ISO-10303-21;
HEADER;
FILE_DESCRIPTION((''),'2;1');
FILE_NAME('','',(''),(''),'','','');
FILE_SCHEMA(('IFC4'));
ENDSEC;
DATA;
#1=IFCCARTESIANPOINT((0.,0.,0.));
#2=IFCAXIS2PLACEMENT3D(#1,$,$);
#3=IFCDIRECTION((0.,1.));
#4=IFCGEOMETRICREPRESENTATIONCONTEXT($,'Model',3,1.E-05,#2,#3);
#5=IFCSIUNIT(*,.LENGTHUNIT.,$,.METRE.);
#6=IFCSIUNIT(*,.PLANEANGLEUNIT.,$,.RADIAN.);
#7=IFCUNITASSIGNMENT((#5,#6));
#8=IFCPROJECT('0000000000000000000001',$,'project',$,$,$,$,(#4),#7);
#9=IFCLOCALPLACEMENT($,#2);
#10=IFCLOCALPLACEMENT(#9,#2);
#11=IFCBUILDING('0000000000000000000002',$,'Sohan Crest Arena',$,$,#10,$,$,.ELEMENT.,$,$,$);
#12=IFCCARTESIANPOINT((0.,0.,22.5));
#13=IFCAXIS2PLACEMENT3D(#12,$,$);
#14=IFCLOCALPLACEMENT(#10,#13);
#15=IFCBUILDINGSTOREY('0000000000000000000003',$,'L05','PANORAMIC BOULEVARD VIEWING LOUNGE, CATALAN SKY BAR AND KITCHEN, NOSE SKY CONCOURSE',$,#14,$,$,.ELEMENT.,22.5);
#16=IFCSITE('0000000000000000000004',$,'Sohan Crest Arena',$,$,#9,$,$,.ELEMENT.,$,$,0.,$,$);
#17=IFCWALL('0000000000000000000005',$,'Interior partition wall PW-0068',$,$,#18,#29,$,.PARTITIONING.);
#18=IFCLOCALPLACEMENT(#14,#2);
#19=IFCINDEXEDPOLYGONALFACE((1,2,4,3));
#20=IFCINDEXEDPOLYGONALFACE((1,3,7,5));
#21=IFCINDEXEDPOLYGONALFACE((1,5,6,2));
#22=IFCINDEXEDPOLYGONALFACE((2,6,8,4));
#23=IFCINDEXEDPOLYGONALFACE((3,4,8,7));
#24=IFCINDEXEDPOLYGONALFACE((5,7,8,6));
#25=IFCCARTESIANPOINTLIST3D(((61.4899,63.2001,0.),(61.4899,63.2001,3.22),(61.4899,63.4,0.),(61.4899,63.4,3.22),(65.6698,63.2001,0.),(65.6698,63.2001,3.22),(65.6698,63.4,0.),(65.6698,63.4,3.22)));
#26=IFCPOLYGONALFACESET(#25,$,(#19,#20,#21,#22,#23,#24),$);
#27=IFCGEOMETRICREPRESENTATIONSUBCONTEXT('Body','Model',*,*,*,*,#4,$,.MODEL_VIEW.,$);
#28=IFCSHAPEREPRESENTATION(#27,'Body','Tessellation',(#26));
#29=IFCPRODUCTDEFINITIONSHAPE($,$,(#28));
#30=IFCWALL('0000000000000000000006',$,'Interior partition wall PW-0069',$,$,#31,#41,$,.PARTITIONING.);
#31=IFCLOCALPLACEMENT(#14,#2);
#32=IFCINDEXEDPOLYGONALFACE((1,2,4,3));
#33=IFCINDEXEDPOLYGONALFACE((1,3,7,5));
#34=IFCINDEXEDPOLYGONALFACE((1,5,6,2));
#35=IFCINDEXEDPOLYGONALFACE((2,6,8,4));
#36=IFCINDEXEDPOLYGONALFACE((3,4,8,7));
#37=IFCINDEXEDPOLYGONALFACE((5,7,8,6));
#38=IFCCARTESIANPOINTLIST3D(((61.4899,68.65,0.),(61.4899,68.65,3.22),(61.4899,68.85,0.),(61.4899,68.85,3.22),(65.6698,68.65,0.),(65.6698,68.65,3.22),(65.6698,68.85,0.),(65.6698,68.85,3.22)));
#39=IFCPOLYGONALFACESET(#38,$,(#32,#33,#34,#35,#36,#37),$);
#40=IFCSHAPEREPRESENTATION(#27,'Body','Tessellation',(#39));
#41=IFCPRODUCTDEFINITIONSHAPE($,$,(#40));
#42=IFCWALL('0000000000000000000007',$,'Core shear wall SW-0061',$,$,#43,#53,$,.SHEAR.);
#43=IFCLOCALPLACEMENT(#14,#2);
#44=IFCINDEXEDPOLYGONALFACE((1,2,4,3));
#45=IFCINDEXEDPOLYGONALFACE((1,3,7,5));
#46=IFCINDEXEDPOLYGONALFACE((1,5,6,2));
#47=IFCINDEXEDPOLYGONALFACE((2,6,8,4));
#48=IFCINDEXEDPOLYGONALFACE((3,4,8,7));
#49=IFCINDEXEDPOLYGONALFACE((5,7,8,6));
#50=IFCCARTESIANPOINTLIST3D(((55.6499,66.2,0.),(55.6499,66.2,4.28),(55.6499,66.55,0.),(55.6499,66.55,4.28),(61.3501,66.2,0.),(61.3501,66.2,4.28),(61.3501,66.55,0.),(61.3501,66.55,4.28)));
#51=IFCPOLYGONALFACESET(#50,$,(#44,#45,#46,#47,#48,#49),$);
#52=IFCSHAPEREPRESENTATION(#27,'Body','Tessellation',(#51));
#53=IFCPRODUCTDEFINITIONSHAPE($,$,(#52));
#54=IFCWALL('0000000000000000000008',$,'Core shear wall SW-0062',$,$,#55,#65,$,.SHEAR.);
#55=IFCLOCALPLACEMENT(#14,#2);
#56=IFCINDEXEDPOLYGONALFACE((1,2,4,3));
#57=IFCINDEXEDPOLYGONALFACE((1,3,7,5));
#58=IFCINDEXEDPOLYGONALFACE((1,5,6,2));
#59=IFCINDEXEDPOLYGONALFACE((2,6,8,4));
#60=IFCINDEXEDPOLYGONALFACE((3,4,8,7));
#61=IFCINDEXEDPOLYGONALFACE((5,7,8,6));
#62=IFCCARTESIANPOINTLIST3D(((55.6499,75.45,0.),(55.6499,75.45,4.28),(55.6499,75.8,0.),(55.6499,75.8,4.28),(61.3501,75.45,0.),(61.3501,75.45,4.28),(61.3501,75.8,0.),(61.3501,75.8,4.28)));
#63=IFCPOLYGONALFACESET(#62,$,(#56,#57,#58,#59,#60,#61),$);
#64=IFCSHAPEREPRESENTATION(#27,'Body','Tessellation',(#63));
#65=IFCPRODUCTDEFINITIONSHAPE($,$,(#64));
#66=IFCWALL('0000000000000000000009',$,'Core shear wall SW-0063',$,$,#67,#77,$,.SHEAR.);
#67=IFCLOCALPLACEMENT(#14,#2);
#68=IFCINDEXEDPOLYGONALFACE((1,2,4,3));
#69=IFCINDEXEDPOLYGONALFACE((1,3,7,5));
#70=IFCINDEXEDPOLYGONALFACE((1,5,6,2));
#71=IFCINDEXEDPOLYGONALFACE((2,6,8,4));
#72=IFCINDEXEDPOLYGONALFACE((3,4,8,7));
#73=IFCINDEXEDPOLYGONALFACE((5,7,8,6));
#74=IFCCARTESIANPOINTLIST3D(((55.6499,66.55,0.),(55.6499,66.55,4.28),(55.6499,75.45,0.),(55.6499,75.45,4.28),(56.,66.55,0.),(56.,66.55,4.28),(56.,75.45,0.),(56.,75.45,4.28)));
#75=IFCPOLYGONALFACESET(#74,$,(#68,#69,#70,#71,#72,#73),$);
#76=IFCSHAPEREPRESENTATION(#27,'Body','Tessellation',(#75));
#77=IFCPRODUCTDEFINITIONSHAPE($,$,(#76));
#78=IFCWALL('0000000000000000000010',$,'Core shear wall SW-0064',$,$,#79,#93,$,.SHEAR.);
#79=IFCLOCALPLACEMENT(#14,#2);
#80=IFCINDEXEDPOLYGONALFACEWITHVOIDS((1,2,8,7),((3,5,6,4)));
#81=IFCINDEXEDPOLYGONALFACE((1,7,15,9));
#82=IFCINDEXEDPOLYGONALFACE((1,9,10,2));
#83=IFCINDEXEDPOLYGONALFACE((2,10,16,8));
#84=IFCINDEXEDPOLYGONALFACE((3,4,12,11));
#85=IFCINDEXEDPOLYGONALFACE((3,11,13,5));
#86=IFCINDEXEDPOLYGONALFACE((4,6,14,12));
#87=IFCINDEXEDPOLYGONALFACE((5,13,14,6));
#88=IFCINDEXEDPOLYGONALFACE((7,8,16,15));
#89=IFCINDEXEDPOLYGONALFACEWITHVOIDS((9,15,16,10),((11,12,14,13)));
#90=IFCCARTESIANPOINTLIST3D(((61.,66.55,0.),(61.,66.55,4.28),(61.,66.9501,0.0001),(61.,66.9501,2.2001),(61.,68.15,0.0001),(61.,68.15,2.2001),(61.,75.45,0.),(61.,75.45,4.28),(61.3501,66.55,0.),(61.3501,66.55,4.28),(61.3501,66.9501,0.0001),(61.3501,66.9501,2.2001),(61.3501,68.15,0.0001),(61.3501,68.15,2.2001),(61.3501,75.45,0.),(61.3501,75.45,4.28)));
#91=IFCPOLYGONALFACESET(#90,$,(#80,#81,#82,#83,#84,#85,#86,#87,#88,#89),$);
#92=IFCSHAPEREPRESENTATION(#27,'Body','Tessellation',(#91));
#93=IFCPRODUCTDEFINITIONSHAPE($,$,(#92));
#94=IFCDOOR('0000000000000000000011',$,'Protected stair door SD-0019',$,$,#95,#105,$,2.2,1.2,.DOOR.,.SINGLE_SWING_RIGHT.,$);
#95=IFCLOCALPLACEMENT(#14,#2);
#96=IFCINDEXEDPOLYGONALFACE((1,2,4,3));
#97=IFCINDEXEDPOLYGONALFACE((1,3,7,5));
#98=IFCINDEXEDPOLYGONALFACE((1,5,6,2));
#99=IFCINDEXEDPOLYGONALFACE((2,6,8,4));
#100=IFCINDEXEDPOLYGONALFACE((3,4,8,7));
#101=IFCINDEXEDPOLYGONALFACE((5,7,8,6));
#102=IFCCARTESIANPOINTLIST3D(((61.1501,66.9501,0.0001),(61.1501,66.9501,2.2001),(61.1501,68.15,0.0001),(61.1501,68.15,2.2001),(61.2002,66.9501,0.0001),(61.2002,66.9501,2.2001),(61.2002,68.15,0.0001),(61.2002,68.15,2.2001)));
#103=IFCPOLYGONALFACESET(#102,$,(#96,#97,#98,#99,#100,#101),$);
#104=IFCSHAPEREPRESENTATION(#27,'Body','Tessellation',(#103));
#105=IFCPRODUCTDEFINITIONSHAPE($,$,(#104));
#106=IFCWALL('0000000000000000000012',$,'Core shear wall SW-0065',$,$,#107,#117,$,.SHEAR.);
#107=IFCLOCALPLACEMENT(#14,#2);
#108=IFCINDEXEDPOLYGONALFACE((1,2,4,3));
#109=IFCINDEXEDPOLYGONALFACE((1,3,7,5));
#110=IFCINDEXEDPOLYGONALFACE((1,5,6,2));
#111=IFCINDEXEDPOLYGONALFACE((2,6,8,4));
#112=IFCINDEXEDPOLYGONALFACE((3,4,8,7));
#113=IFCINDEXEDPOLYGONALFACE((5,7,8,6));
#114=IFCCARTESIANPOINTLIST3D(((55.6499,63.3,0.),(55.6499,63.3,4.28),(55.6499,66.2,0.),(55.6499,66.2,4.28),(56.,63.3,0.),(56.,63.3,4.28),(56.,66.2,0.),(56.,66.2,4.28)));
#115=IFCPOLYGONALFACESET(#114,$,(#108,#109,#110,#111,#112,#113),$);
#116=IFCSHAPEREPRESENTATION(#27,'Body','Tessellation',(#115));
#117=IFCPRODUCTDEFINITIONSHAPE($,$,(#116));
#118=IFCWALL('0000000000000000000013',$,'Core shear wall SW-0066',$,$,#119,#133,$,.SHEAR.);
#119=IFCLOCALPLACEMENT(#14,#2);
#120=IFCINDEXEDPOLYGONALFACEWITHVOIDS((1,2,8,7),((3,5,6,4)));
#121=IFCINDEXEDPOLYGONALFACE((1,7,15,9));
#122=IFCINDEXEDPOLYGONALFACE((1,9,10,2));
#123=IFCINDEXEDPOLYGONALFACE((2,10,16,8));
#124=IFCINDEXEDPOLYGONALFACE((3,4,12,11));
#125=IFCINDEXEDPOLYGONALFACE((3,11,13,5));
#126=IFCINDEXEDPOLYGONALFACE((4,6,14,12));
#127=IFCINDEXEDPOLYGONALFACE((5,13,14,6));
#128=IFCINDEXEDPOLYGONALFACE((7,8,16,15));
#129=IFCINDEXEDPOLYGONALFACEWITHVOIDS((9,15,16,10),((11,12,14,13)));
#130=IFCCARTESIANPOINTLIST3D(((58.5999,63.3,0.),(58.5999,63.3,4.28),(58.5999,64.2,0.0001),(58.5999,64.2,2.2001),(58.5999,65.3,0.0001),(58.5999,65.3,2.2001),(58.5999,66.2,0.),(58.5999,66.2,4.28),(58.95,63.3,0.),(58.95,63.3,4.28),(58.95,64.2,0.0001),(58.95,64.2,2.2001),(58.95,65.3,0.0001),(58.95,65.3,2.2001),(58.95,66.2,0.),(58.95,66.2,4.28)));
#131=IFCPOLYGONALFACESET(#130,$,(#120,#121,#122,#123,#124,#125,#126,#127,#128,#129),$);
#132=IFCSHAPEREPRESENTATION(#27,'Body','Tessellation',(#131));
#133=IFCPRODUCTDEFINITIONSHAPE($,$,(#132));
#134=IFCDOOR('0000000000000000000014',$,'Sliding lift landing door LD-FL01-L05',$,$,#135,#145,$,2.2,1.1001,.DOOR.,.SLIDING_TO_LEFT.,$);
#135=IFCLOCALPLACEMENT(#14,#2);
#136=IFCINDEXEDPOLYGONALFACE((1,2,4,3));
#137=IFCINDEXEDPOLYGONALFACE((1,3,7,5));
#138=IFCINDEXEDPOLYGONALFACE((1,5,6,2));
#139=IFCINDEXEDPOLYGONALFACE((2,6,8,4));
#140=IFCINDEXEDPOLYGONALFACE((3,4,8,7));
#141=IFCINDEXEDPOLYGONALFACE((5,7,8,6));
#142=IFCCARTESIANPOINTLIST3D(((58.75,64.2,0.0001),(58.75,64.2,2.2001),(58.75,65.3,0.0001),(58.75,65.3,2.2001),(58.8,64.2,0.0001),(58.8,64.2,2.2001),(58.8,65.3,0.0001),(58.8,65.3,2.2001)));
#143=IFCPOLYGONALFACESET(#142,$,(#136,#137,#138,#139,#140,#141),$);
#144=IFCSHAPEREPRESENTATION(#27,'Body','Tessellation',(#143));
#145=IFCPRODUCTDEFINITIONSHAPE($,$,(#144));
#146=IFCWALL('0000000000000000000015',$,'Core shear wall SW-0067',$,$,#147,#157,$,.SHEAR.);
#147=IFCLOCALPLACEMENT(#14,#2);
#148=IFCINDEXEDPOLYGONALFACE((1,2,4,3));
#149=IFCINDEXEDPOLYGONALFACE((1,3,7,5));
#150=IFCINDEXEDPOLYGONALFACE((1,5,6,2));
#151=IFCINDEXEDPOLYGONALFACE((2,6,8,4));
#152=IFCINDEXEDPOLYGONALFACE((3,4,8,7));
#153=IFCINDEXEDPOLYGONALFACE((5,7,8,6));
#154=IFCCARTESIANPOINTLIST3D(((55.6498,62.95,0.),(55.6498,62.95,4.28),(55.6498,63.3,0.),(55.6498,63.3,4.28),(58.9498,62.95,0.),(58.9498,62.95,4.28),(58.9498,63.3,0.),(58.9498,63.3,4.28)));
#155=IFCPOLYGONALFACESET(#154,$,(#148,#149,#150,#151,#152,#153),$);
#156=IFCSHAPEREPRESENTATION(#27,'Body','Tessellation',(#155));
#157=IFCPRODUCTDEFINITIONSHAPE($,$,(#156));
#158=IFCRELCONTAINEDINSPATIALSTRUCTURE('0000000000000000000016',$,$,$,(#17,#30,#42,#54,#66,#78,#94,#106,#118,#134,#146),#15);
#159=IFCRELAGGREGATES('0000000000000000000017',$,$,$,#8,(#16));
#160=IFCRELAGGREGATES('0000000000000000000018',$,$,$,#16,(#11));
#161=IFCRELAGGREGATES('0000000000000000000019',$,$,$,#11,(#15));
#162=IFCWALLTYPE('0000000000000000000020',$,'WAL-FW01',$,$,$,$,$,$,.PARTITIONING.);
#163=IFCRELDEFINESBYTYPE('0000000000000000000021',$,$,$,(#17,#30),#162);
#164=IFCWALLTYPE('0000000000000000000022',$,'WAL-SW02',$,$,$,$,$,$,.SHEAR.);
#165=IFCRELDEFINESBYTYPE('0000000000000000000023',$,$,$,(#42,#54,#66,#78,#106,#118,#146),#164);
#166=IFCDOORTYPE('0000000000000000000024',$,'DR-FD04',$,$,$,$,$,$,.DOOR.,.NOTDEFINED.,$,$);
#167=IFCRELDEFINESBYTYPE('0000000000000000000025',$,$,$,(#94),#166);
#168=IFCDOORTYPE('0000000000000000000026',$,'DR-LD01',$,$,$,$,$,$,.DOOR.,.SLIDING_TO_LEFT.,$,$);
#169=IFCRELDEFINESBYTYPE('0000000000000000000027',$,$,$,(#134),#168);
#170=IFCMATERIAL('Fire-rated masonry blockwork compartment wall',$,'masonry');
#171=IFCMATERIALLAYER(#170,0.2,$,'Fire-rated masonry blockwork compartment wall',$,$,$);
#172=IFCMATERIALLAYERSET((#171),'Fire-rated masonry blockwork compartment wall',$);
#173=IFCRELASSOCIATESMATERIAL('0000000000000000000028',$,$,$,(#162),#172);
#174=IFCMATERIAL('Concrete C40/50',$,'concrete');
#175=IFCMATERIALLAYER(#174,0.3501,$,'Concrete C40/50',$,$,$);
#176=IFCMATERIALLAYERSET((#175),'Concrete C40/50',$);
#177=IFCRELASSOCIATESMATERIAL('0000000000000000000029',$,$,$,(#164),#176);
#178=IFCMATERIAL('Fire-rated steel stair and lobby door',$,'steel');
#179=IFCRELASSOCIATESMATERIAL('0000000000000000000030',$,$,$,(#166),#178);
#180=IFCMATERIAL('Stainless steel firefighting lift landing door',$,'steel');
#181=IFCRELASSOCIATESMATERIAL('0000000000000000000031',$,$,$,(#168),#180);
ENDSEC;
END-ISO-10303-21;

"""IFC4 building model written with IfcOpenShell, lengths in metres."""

from ifc_helpers import new_model, si_unit, direction, frame, frame_2d, origin, place, context, subcontext, project, spatial, rectangle, extrude, material, layer, layer_set, type_object, element, fill, save


model = new_model("IFC4")

# Units and contexts
model_context = context("Model", 3, precision=1e-05, world=origin(), true_north=direction((0.0, 1.0)))
body_context = subcontext(model_context, "Body", "Model", "MODEL_VIEW")
ifc_project = project(units=[si_unit("LENGTHUNIT", "METRE"), si_unit("PLANEANGLEUNIT", "RADIAN")], contexts=[model_context])

# Site, building, storey
site_placement = place(None, origin())
site = spatial("IfcSite", under=ifc_project, at=site_placement, Name="Sohan Crest Arena", CompositionType="ELEMENT", RefElevation=0.0)
building_placement = place(site_placement, origin())
building = spatial("IfcBuilding", under=site, at=building_placement, Name="Sohan Crest Arena", CompositionType="ELEMENT")
storey_placement = place(building_placement, frame((0.0, 0.0, 22.5)))
storey = spatial("IfcBuildingStorey", under=building, at=storey_placement, Name="L05", Description="PANORAMIC BOULEVARD VIEWING LOUNGE, CATALAN SKY BAR AND KITCHEN, NOSE SKY CONCOURSE", CompositionType="ELEMENT", Elevation=22.5)

# Walls
ifc_material_1 = material(Name="Fire-rated masonry blockwork compartment wall", Category="masonry")
ifc_layer_1 = layer(ifc_material_1, 0.2, Name="Fire-rated masonry blockwork compartment wall")
ifc_layer_set_1 = layer_set([ifc_layer_1], Name="Fire-rated masonry blockwork compartment wall")
wall_type_1 = type_object("IfcWallType", Name="WAL-FW01", PredefinedType="PARTITIONING", material=ifc_layer_set_1)
for number, where, z_axis, x_axis, name in (
    (1, (61.49, 63.3, 0.0), (0.0, 0.0, 1.0), (1.0, 0.0, 0.0), "Interior partition wall PW-0068"),
    (2, (61.49, 68.75, 0.0), (0.0, 0.0, 1.0), (1.0, 0.0, 0.0), "Interior partition wall PW-0069"),
):
    element("IfcWall", number, at=place(storey_placement, frame(where, z_axis=z_axis, x_axis=x_axis)), inside=storey, type_object=wall_type_1, Name=name, PredefinedType="PARTITIONING", context=body_context, shape_type="SweptSolid", body=[
        extrude(rectangle(XDim=4.1799, YDim=0.2, at=frame_2d((2.0898, 0.0))), origin(), (0.0, 0.0, 1.0), 3.22),
    ])
ifc_material_2 = material(Name="Concrete C40/50", Category="concrete")
ifc_layer_2 = layer(ifc_material_2, 0.3501, Name="Concrete C40/50")
ifc_layer_set_2 = layer_set([ifc_layer_2], Name="Concrete C40/50")
wall_type_2 = type_object("IfcWallType", Name="WAL-SW02", PredefinedType="SHEAR", material=ifc_layer_set_2)
for number, where, z_axis, x_axis, name in (
    (3, (55.6499, 66.375, 0.0), (0.0, 0.0, 1.0), (1.0, 0.0, 0.0), "Core shear wall SW-0061"),
    (4, (55.6499, 75.625, 0.0), (0.0, 0.0, 1.0), (1.0, 0.0, 0.0), "Core shear wall SW-0062"),
):
    element("IfcWall", number, at=place(storey_placement, frame(where, z_axis=z_axis, x_axis=x_axis)), inside=storey, type_object=wall_type_2, Name=name, PredefinedType="SHEAR", context=body_context, shape_type="SweptSolid", body=[
        extrude(rectangle(XDim=5.7002, YDim=0.3501, at=frame_2d((2.8501, 0.0))), origin(), (0.0, 0.0, 1.0), 4.28),
    ])
wall_1_placement = place(storey_placement, frame((55.825, 66.55, 0.0), z_axis=(0.0, 0.0, 1.0), x_axis=(0.0, 1.0, 0.0)))
element("IfcWall", 5, at=wall_1_placement, inside=storey, type_object=wall_type_2, Name="Core shear wall SW-0063", PredefinedType="SHEAR", context=body_context, shape_type="SweptSolid", body=[
    extrude(rectangle(XDim=8.8999, YDim=0.3501, at=frame_2d((4.45, 0.0))), origin(), (0.0, 0.0, 1.0), 4.28),
])

# Wall, opening, door
wall_2_placement = place(storey_placement, frame((61.175, 66.55, 0.0), z_axis=(0.0, 0.0, 1.0), x_axis=(0.0, 1.0, 0.0)))
wall_2 = element("IfcWall", 6, at=wall_2_placement, inside=storey, type_object=wall_type_2, Name="Core shear wall SW-0064", PredefinedType="SHEAR", context=body_context, shape_type="SweptSolid", body=[
    extrude(rectangle(XDim=8.8999, YDim=0.3501, at=frame_2d((4.45, 0.0))), origin(), (0.0, 0.0, 1.0), 4.28),
])
opening_1_placement = place(wall_2_placement, frame((0.3999, 0.0, 0.0)))
opening_1 = element("IfcOpeningElement", 7, at=opening_1_placement, cuts=wall_2, PredefinedType="OPENING", context=body_context, shape_type="SweptSolid", body=[
    extrude(rectangle(XDim=1.2, YDim=2.2, at=frame_2d((0.6001, 1.1001))), frame((0.0, 0.1851, 0.0), z_axis=(0.0, -1.0, 0.0), x_axis=(1.0, 0.0, 0.0)), (0.0, 0.0, 1.0), 0.3701),
])
ifc_material_3 = material(Name="Fire-rated steel stair and lobby door", Category="steel")
door_type_1 = type_object("IfcDoorType", Name="DR-FD04", OperationType="NOTDEFINED", PredefinedType="DOOR", material=ifc_material_3)
door_1_placement = place(opening_1_placement, origin())
door_1 = element("IfcDoor", 8, at=door_1_placement, inside=storey, type_object=door_type_1, Name="Protected stair door SD-0019", OperationType="SINGLE_SWING_RIGHT", OverallHeight=2.2, OverallWidth=1.2, PredefinedType="DOOR", context=body_context, shape_type="SweptSolid", body=[
    extrude(rectangle(XDim=1.2, YDim=2.2, at=frame_2d((0.6001, 1.1001))), frame((0.0, 0.0249, 0.0), z_axis=(0.0, -1.0, 0.0), x_axis=(1.0, 0.0, 0.0)), (0.0, 0.0, 1.0), 0.05),
])
fill(opening_1, door_1)

# Wall
wall_3_placement = place(storey_placement, frame((55.825, 63.3, 0.0), z_axis=(0.0, 0.0, 1.0), x_axis=(0.0, 1.0, 0.0)))
element("IfcWall", 9, at=wall_3_placement, inside=storey, type_object=wall_type_2, Name="Core shear wall SW-0065", PredefinedType="SHEAR", context=body_context, shape_type="SweptSolid", body=[
    extrude(rectangle(XDim=2.8999, YDim=0.3501, at=frame_2d((1.45, 0.0))), origin(), (0.0, 0.0, 1.0), 4.28),
])

# Wall, opening, door
wall_4_placement = place(storey_placement, frame((58.7749, 63.3, 0.0), z_axis=(0.0, 0.0, 1.0), x_axis=(0.0, 1.0, 0.0)))
wall_4 = element("IfcWall", 10, at=wall_4_placement, inside=storey, type_object=wall_type_2, Name="Core shear wall SW-0066", PredefinedType="SHEAR", context=body_context, shape_type="SweptSolid", body=[
    extrude(rectangle(XDim=2.8999, YDim=0.3501, at=frame_2d((1.45, 0.0))), origin(), (0.0, 0.0, 1.0), 4.28),
])
opening_2_placement = place(wall_4_placement, frame((0.8999, 0.0, 0.0)))
opening_2 = element("IfcOpeningElement", 11, at=opening_2_placement, cuts=wall_4, PredefinedType="OPENING", context=body_context, shape_type="SweptSolid", body=[
    extrude(rectangle(XDim=1.1001, YDim=2.2, at=frame_2d((0.55, 1.1001))), frame((0.0, 0.1851, 0.0), z_axis=(0.0, -1.0, 0.0), x_axis=(1.0, 0.0, 0.0)), (0.0, 0.0, 1.0), 0.3701),
])
ifc_material_4 = material(Name="Stainless steel firefighting lift landing door", Category="steel")
door_type_2 = type_object("IfcDoorType", Name="DR-LD01", OperationType="SLIDING_TO_LEFT", PredefinedType="DOOR", material=ifc_material_4)
door_2_placement = place(opening_2_placement, origin())
door_2 = element("IfcDoor", 12, at=door_2_placement, inside=storey, type_object=door_type_2, Name="Sliding lift landing door LD-FL01-L05", OperationType="SLIDING_TO_LEFT", OverallHeight=2.2, OverallWidth=1.1001, PredefinedType="DOOR", context=body_context, shape_type="SweptSolid", body=[
    extrude(rectangle(XDim=1.1001, YDim=2.2, at=frame_2d((0.55, 1.1001))), frame((0.0, 0.0249, 0.0), z_axis=(0.0, -1.0, 0.0), x_axis=(1.0, 0.0, 0.0)), (0.0, 0.0, 1.0), 0.05),
])
fill(opening_2, door_2)

# Wall
wall_5_placement = place(storey_placement, frame((55.6499, 63.125, 0.0), z_axis=(0.0, 0.0, 1.0), x_axis=(1.0, 0.0, 0.0)))
element("IfcWall", 13, at=wall_5_placement, inside=storey, type_object=wall_type_2, Name="Core shear wall SW-0067", PredefinedType="SHEAR", context=body_context, shape_type="SweptSolid", body=[
    extrude(rectangle(XDim=3.3, YDim=0.3501, at=frame_2d((1.6499, 0.0))), origin(), (0.0, 0.0, 1.0), 4.28),
])

save(model, "model.ifc")
